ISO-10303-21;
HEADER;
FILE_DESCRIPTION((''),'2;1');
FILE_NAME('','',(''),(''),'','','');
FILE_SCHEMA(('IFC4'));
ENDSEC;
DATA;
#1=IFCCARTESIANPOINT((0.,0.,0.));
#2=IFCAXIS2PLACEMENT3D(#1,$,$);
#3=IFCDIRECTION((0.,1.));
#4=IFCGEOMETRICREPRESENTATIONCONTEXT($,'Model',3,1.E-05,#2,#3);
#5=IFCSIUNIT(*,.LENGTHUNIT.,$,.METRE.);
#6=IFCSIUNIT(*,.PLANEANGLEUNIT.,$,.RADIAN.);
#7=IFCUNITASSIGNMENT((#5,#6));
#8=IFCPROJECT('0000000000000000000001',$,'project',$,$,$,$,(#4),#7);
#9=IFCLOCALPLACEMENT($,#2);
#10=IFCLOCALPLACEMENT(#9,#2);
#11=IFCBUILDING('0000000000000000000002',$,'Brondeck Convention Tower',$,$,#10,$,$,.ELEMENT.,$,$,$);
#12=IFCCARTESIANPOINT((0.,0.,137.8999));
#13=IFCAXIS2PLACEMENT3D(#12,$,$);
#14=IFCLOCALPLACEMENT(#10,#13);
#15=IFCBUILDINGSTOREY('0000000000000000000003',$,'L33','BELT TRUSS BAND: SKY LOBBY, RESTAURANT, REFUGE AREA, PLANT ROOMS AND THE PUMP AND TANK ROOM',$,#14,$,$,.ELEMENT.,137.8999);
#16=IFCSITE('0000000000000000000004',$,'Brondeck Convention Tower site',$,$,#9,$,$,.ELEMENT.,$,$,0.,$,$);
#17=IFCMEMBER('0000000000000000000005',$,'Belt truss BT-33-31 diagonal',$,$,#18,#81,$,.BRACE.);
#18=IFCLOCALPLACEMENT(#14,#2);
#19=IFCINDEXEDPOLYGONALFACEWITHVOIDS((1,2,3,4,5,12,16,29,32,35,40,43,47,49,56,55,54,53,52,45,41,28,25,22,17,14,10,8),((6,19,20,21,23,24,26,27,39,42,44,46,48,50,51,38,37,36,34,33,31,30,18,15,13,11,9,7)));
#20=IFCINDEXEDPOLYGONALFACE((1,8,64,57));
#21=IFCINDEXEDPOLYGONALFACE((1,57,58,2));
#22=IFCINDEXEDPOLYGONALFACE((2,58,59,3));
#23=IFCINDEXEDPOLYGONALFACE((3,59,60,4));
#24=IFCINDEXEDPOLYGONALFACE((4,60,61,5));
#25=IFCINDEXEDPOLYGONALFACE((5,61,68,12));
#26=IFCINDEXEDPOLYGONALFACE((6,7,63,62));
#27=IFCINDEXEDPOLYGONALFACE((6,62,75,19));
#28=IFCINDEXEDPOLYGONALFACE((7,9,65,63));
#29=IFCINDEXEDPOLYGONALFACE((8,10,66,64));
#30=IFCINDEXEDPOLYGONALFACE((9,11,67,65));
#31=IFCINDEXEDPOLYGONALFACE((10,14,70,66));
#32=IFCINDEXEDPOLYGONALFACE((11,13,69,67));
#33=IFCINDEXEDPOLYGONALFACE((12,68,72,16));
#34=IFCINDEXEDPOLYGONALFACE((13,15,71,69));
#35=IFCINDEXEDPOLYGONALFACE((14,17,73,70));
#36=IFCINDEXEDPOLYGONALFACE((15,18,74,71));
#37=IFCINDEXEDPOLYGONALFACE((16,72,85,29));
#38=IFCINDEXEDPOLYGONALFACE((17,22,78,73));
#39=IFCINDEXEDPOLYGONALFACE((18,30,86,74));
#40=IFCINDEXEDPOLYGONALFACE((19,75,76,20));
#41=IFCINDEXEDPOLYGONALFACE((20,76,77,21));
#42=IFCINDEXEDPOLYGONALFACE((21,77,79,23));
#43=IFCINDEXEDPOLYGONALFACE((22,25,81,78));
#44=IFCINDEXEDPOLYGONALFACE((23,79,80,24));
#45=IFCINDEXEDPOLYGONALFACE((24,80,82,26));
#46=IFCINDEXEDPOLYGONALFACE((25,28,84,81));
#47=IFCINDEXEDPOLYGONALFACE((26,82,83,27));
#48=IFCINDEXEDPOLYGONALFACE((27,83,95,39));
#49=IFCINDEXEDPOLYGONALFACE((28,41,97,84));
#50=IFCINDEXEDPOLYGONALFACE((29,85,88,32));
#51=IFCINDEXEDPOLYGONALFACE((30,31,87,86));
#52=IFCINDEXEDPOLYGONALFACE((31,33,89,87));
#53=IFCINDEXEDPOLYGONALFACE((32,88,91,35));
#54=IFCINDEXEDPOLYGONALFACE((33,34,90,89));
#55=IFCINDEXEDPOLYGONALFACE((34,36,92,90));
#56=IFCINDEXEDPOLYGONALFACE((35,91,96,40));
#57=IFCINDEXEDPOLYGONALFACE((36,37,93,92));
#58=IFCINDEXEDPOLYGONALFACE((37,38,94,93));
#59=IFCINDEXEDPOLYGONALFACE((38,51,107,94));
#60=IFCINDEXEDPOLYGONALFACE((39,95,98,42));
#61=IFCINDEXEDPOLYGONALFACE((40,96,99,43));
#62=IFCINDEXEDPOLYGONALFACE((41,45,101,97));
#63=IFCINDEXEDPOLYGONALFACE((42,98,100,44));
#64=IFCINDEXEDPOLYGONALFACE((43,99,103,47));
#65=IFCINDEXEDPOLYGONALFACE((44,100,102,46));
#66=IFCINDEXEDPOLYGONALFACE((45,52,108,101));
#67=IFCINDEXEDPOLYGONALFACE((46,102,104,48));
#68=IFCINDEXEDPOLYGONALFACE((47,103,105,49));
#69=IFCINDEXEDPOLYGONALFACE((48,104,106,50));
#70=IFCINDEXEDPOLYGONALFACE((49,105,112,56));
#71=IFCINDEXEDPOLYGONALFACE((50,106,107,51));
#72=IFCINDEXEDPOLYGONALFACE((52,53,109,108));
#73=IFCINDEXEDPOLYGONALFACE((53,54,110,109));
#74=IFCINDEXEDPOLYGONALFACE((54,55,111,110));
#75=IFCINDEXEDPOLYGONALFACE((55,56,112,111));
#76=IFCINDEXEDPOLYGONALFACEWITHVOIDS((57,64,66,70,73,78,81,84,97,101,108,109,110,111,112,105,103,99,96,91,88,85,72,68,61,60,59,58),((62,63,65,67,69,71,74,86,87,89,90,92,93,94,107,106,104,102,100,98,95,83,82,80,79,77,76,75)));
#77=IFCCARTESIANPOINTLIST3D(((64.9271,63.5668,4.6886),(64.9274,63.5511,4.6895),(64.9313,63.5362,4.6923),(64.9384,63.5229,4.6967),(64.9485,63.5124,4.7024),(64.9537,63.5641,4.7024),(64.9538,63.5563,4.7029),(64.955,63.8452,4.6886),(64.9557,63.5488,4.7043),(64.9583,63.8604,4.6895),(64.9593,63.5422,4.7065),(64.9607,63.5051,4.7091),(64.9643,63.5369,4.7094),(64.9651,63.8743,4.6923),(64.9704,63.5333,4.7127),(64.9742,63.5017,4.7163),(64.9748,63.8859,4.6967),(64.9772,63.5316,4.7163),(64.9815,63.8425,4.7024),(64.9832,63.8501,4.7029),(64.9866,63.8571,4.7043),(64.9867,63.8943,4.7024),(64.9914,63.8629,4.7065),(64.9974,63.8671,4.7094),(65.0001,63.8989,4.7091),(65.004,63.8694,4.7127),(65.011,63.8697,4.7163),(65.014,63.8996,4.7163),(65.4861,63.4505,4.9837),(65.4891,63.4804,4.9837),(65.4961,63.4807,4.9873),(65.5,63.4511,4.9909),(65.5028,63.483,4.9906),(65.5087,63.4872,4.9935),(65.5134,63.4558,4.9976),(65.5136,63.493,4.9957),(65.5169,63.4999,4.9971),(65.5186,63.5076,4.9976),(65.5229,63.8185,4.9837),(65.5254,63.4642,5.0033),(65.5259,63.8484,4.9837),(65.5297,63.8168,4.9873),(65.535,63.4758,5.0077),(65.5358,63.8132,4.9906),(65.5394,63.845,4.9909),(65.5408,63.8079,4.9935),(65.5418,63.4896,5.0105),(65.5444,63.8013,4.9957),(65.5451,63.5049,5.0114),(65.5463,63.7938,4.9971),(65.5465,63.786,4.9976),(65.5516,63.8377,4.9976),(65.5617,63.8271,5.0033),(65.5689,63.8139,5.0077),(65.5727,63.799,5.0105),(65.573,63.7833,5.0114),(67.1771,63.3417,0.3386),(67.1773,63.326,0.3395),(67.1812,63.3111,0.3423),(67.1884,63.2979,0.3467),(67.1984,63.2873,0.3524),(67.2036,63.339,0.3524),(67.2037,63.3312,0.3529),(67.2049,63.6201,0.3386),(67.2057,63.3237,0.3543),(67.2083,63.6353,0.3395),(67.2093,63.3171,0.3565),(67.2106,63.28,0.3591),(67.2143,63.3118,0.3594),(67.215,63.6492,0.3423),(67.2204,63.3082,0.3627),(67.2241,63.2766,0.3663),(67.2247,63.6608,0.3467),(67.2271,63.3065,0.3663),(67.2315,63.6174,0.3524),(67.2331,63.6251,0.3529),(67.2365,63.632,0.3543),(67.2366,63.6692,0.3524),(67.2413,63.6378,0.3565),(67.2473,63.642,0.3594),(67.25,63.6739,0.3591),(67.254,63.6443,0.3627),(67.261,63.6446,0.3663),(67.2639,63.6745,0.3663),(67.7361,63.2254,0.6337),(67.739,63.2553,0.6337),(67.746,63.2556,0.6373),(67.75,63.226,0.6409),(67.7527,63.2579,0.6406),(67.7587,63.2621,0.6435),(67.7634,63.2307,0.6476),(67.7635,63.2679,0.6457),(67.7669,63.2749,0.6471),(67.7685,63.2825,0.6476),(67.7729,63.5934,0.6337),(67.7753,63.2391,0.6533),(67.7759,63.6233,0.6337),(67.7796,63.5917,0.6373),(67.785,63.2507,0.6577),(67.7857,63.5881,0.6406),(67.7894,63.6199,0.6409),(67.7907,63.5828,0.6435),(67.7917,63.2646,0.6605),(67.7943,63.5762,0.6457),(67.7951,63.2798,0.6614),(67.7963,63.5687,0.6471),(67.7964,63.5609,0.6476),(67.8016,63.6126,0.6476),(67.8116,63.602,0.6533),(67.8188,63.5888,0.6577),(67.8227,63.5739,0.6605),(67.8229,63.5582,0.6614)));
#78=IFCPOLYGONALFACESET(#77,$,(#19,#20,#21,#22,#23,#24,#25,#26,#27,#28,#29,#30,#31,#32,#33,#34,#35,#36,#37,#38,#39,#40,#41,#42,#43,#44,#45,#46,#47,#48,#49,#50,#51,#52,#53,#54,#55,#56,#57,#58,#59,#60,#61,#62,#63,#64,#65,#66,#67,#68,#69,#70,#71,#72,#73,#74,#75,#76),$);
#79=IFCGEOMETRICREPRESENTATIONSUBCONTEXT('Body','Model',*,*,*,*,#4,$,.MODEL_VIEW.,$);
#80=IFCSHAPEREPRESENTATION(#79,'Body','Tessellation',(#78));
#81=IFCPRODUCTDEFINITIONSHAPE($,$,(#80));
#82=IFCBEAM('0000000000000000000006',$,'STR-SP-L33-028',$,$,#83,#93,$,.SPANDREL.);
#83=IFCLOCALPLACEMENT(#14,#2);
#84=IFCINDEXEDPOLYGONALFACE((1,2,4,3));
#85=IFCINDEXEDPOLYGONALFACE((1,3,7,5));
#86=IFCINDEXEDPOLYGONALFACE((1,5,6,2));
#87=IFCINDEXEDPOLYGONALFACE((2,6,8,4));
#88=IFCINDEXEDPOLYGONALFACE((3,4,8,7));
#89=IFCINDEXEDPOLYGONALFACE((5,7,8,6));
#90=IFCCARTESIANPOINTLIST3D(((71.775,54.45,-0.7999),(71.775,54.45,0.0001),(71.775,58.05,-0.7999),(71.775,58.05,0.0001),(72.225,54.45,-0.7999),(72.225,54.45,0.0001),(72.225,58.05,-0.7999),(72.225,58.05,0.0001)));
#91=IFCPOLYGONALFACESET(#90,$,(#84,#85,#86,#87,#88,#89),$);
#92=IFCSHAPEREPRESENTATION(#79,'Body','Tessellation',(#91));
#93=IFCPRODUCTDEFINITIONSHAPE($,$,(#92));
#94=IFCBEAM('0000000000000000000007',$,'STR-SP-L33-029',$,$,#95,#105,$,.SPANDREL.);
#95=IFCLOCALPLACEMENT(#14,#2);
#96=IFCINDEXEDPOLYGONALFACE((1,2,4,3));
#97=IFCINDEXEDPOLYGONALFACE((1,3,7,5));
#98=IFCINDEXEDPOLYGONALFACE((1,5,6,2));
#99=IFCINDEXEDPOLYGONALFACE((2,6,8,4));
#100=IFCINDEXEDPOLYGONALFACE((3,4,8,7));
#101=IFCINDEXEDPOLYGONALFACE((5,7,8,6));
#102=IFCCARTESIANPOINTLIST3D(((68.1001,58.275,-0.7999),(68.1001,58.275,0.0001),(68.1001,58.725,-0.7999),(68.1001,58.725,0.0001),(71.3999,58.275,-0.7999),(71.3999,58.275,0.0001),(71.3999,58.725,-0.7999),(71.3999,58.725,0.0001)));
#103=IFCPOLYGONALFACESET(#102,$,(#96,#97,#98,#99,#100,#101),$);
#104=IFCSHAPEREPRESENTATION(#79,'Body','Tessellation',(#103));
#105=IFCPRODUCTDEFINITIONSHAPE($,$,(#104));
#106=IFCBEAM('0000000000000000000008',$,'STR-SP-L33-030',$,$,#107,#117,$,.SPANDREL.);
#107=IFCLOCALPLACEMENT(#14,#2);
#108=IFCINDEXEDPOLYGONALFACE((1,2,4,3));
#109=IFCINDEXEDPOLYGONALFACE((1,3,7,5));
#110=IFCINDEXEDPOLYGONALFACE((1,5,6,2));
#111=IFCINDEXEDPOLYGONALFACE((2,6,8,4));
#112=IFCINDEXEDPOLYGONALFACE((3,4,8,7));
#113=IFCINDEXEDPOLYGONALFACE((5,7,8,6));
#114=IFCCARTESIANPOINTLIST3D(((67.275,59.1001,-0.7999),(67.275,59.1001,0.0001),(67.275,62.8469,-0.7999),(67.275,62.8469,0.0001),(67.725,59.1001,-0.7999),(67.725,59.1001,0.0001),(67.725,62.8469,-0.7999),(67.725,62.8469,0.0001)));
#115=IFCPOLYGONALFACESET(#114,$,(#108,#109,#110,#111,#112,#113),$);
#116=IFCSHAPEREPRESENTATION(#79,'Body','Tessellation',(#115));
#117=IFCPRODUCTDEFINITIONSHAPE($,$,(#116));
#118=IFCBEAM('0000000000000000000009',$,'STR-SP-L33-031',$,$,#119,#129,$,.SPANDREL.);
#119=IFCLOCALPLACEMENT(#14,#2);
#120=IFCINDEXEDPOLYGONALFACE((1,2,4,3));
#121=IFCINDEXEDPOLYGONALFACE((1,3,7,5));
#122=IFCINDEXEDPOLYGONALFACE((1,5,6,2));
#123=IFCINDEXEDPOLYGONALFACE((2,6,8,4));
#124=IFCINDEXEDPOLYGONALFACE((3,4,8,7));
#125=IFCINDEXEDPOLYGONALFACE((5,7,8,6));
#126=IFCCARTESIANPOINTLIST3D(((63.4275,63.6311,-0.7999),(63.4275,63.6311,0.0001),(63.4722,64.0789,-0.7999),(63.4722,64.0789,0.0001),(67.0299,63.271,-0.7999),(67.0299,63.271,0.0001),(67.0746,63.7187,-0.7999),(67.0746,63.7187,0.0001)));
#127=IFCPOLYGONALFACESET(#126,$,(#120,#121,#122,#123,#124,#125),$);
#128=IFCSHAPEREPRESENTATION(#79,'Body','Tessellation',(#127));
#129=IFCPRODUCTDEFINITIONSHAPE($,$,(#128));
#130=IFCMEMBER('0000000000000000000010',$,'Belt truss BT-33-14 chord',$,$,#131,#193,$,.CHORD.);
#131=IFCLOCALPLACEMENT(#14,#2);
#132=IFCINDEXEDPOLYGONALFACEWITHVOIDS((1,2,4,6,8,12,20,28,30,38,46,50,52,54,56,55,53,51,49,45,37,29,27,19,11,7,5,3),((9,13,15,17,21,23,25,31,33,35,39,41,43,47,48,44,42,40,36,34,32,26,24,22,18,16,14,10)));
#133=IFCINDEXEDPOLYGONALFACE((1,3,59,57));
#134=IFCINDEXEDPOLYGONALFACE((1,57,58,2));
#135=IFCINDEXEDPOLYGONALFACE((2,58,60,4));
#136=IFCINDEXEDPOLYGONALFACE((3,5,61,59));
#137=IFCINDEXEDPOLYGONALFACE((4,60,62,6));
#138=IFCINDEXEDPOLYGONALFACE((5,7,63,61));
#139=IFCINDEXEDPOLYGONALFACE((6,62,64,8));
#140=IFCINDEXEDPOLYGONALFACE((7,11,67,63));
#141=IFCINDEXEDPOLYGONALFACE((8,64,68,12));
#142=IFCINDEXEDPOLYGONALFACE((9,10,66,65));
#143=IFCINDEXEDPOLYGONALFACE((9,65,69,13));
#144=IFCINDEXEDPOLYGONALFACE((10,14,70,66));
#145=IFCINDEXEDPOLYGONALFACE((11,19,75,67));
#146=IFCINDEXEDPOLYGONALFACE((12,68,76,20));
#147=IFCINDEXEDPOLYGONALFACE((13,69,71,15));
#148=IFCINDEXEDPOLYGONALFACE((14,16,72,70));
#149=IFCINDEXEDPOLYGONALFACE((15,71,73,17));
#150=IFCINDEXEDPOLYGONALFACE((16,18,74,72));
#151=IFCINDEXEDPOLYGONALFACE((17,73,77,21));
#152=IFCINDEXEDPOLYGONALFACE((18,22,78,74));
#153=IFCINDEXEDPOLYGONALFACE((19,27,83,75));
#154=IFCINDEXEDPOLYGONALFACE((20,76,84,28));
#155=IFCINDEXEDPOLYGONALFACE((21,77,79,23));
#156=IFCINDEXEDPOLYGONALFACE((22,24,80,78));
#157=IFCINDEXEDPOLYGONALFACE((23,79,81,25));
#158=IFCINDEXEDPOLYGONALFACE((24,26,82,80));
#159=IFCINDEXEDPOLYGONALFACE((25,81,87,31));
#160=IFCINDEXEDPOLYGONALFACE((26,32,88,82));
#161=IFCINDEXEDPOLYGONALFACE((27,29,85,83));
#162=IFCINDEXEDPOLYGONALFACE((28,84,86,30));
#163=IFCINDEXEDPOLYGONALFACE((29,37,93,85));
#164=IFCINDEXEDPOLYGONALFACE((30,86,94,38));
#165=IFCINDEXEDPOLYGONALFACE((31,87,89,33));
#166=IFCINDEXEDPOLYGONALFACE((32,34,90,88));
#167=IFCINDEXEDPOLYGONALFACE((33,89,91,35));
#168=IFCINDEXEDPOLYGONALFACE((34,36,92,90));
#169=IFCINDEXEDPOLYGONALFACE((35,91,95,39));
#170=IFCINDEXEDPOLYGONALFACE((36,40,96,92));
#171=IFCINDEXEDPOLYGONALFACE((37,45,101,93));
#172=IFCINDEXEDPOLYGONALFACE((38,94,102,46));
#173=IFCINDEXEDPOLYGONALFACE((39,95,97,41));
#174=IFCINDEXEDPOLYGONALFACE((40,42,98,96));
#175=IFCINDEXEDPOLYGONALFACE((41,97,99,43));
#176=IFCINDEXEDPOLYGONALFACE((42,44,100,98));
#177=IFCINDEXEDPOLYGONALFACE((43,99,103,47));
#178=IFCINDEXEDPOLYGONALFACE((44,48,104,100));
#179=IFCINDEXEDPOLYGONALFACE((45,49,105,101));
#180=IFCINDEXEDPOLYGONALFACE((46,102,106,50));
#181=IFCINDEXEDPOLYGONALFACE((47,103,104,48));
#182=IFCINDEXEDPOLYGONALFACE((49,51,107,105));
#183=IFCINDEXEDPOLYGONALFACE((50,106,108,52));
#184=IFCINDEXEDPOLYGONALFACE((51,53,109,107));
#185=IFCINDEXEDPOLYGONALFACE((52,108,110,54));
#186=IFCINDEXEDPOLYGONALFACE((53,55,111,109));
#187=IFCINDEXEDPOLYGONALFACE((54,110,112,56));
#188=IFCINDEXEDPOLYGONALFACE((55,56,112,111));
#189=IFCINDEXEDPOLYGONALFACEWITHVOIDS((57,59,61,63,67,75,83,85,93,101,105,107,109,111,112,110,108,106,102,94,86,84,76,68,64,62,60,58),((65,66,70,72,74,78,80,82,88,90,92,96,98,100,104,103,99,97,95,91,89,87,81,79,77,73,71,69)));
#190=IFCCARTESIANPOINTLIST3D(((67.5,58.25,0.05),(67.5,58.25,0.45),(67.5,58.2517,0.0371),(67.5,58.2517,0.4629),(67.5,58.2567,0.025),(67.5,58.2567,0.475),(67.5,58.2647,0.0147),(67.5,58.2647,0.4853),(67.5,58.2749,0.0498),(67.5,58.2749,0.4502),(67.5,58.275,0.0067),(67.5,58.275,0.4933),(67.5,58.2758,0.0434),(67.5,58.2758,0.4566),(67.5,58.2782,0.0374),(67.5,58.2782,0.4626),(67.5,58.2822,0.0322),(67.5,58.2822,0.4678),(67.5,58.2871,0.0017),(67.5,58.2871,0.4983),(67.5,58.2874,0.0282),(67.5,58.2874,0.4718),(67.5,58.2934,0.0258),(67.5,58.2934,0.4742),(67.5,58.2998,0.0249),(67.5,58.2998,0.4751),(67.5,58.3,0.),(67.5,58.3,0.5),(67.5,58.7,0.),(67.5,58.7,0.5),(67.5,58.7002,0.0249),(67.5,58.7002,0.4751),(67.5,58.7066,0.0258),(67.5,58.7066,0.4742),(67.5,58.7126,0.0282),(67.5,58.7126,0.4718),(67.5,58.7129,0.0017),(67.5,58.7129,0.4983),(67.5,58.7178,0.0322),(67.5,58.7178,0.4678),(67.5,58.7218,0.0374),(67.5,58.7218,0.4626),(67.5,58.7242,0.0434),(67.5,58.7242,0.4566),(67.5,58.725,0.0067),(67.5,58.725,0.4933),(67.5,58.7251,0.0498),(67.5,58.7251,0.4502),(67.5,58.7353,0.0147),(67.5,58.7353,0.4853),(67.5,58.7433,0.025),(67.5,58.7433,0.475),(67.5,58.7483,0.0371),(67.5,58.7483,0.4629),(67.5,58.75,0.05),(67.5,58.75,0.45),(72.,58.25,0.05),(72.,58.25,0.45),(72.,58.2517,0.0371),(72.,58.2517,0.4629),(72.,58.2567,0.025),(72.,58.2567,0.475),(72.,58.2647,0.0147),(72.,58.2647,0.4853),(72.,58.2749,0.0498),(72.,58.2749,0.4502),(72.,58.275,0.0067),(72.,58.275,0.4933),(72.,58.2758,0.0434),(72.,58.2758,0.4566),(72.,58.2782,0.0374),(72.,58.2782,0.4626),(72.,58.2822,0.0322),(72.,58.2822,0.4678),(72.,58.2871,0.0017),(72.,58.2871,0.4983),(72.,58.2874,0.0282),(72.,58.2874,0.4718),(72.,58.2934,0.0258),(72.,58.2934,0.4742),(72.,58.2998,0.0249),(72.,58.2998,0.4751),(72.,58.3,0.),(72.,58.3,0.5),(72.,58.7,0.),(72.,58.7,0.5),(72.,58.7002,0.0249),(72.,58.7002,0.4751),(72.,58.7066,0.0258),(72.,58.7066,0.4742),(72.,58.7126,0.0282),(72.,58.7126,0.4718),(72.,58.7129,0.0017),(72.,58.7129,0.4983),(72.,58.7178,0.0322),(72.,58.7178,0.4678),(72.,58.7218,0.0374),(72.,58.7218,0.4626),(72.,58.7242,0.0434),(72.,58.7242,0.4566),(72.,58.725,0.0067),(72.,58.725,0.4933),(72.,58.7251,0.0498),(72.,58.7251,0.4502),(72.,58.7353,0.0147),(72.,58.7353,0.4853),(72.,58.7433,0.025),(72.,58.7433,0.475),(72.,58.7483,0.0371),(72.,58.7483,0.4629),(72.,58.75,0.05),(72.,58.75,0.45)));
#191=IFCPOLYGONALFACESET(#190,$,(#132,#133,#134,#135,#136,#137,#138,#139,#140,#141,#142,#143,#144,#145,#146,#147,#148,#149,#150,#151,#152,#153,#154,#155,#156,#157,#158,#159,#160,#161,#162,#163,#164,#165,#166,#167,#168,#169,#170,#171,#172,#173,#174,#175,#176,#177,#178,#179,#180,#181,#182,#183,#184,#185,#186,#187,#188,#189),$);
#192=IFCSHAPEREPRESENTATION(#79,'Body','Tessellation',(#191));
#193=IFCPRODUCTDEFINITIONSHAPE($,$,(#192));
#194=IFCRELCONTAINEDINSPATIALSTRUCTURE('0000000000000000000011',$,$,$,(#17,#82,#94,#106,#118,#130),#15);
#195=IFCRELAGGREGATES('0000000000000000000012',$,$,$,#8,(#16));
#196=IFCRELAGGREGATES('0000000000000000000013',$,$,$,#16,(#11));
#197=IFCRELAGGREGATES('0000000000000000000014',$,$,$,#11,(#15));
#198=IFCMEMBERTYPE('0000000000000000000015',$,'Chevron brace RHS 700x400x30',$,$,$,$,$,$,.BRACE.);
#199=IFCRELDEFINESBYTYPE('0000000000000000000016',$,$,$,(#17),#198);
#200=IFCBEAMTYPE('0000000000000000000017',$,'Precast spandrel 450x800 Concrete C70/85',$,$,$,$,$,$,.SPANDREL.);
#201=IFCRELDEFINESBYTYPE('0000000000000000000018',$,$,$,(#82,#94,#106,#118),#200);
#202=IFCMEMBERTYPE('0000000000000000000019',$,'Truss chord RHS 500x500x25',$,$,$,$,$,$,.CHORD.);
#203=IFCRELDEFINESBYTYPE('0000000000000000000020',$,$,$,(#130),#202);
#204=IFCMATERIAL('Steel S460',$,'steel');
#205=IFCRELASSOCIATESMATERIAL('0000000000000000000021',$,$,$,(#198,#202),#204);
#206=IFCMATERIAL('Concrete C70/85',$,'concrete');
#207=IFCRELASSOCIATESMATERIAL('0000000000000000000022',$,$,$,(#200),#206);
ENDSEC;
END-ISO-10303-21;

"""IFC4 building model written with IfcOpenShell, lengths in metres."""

from ifc_helpers import new_model, si_unit, direction, frame, origin, origin_2d, place, context, subcontext, project, spatial, rectangle, hollow_rectangle, extrude, material, material_profile, profile_set, type_object, element, save


model = new_model("IFC4")

# Units and contexts
model_context = context("Model", 3, precision=1e-05, world=origin(), true_north=direction((0.0, 1.0)))
body_context = subcontext(model_context, "Body", "Model", "MODEL_VIEW")
ifc_project = project(units=[si_unit("LENGTHUNIT", "METRE"), si_unit("PLANEANGLEUNIT", "RADIAN")], contexts=[model_context])

# Site, building, storey
site_placement = place(None, origin())
site = spatial("IfcSite", under=ifc_project, at=site_placement, Name="Brondeck Convention Tower site", CompositionType="ELEMENT", RefElevation=0.0)
building_placement = place(site_placement, origin())
building = spatial("IfcBuilding", under=site, at=building_placement, Name="Brondeck Convention Tower", CompositionType="ELEMENT")
storey_placement = place(building_placement, frame((0.0, 0.0, 137.8999)))
storey = spatial("IfcBuildingStorey", under=building, at=storey_placement, Name="L33", Description="BELT TRUSS BAND: SKY LOBBY, RESTAURANT, REFUGE AREA, PLANT ROOMS AND THE PUMP AND TANK ROOM", CompositionType="ELEMENT", Elevation=137.8999)

# Shared definitions
ifc_material_1 = material(Name="Concrete C70/85", Category="concrete")

# Member
ifc_material_2 = material(Name="Steel S460", Category="steel")
ifc_material_profile_1 = material_profile(ifc_material_2, hollow_rectangle(XDim=0.3999, YDim=0.7, WallThickness=0.03, InnerFilletRadius=0.03, OuterFilletRadius=0.0601, at=origin_2d()), Name="RHS 700x400x30")
ifc_profile_set_1 = profile_set([ifc_material_profile_1], Name="Steel S460")
member_type_1 = type_object("IfcMemberType", Name="Chevron brace RHS 700x400x30", PredefinedType="BRACE", material=ifc_profile_set_1)
member_1_placement = place(storey_placement, frame((67.5, 63.45, 0.5), z_axis=(-0.45893, 0.045913, 0.887285), x_axis=(-0.099546, -0.995033, 0.0)))
element("IfcMember", 1, at=member_1_placement, inside=storey, type_object=member_type_1, Name="Belt truss BT-33-31 diagonal", PredefinedType="BRACE", context=body_context, shape_type="SweptSolid", body=[
    extrude(hollow_rectangle(XDim=0.3999, YDim=0.7, WallThickness=0.03, InnerFilletRadius=0.03, OuterFilletRadius=0.0601, at=origin_2d()), origin(), (0.0, 0.0, 1.0), 4.9026),
])

# Beams
ifc_material_profile_2 = material_profile(ifc_material_1, rectangle(XDim=0.45, YDim=0.8, at=origin_2d()), Name="Precast spandrel 450x800 Concrete C70/85")
ifc_profile_set_2 = profile_set([ifc_material_profile_2], Name="Concrete C70/85")
beam_type = type_object("IfcBeamType", Name="Precast spandrel 450x800 Concrete C70/85", PredefinedType="SPANDREL", material=ifc_profile_set_2)
beam_1_placement = place(storey_placement, frame((72.0, 54.45, -0.3999), z_axis=(0.0, 1.0, 0.0), x_axis=(-1.0, 0.0, 0.0)))
element("IfcBeam", 2, at=beam_1_placement, inside=storey, type_object=beam_type, Name="STR-SP-L33-028", PredefinedType="SPANDREL", context=body_context, shape_type="SweptSolid", body=[
    extrude(rectangle(XDim=0.45, YDim=0.8, at=origin_2d()), origin(), (0.0, 0.0, 1.0), 3.6001),
])
beam_2_placement = place(storey_placement, frame((71.3999, 58.5, -0.3999), z_axis=(-1.0, 0.0, 0.0), x_axis=(0.0, -1.0, 0.0)))
element("IfcBeam", 3, at=beam_2_placement, inside=storey, type_object=beam_type, Name="STR-SP-L33-029", PredefinedType="SPANDREL", context=body_context, shape_type="SweptSolid", body=[
    extrude(rectangle(XDim=0.45, YDim=0.8, at=origin_2d()), origin(), (0.0, 0.0, 1.0), 3.2998),
])
beam_3_placement = place(storey_placement, frame((67.5, 59.1001, -0.3999), z_axis=(0.0, 1.0, 0.0), x_axis=(-1.0, 0.0, 0.0)))
element("IfcBeam", 4, at=beam_3_placement, inside=storey, type_object=beam_type, Name="STR-SP-L33-030", PredefinedType="SPANDREL", context=body_context, shape_type="SweptSolid", body=[
    extrude(rectangle(XDim=0.45, YDim=0.8, at=origin_2d()), origin(), (0.0, 0.0, 1.0), 3.7468),
])
beam_4_placement = place(storey_placement, frame((67.0522, 63.4949, -0.3999), z_axis=(-0.995041, 0.09947, 0.0), x_axis=(-0.09947, -0.995041, 0.0)))
element("IfcBeam", 5, at=beam_4_placement, inside=storey, type_object=beam_type, Name="STR-SP-L33-031", PredefinedType="SPANDREL", context=body_context, shape_type="SweptSolid", body=[
    extrude(rectangle(XDim=0.45, YDim=0.8, at=origin_2d()), origin(), (0.0, 0.0, 1.0), 3.6204),
])

# Member
ifc_material_profile_3 = material_profile(ifc_material_2, hollow_rectangle(XDim=0.5, YDim=0.5, WallThickness=0.0249, InnerFilletRadius=0.0249, OuterFilletRadius=0.05, at=origin_2d()), Name="RHS 500x500x25")
ifc_profile_set_3 = profile_set([ifc_material_profile_3], Name="Steel S460")
member_type_2 = type_object("IfcMemberType", Name="Truss chord RHS 500x500x25", PredefinedType="CHORD", material=ifc_profile_set_3)
member_2_placement = place(storey_placement, frame((72.0, 58.5, 0.25), z_axis=(-1.0, 0.0, 0.0), x_axis=(0.0, -1.0, 0.0)))
element("IfcMember", 6, at=member_2_placement, inside=storey, type_object=member_type_2, Name="Belt truss BT-33-14 chord", PredefinedType="CHORD", context=body_context, shape_type="SweptSolid", body=[
    extrude(hollow_rectangle(XDim=0.5, YDim=0.5, WallThickness=0.0249, InnerFilletRadius=0.0249, OuterFilletRadius=0.05, at=origin_2d()), origin(), (0.0, 0.0, 1.0), 4.5),
])

save(model, "model.ifc")
